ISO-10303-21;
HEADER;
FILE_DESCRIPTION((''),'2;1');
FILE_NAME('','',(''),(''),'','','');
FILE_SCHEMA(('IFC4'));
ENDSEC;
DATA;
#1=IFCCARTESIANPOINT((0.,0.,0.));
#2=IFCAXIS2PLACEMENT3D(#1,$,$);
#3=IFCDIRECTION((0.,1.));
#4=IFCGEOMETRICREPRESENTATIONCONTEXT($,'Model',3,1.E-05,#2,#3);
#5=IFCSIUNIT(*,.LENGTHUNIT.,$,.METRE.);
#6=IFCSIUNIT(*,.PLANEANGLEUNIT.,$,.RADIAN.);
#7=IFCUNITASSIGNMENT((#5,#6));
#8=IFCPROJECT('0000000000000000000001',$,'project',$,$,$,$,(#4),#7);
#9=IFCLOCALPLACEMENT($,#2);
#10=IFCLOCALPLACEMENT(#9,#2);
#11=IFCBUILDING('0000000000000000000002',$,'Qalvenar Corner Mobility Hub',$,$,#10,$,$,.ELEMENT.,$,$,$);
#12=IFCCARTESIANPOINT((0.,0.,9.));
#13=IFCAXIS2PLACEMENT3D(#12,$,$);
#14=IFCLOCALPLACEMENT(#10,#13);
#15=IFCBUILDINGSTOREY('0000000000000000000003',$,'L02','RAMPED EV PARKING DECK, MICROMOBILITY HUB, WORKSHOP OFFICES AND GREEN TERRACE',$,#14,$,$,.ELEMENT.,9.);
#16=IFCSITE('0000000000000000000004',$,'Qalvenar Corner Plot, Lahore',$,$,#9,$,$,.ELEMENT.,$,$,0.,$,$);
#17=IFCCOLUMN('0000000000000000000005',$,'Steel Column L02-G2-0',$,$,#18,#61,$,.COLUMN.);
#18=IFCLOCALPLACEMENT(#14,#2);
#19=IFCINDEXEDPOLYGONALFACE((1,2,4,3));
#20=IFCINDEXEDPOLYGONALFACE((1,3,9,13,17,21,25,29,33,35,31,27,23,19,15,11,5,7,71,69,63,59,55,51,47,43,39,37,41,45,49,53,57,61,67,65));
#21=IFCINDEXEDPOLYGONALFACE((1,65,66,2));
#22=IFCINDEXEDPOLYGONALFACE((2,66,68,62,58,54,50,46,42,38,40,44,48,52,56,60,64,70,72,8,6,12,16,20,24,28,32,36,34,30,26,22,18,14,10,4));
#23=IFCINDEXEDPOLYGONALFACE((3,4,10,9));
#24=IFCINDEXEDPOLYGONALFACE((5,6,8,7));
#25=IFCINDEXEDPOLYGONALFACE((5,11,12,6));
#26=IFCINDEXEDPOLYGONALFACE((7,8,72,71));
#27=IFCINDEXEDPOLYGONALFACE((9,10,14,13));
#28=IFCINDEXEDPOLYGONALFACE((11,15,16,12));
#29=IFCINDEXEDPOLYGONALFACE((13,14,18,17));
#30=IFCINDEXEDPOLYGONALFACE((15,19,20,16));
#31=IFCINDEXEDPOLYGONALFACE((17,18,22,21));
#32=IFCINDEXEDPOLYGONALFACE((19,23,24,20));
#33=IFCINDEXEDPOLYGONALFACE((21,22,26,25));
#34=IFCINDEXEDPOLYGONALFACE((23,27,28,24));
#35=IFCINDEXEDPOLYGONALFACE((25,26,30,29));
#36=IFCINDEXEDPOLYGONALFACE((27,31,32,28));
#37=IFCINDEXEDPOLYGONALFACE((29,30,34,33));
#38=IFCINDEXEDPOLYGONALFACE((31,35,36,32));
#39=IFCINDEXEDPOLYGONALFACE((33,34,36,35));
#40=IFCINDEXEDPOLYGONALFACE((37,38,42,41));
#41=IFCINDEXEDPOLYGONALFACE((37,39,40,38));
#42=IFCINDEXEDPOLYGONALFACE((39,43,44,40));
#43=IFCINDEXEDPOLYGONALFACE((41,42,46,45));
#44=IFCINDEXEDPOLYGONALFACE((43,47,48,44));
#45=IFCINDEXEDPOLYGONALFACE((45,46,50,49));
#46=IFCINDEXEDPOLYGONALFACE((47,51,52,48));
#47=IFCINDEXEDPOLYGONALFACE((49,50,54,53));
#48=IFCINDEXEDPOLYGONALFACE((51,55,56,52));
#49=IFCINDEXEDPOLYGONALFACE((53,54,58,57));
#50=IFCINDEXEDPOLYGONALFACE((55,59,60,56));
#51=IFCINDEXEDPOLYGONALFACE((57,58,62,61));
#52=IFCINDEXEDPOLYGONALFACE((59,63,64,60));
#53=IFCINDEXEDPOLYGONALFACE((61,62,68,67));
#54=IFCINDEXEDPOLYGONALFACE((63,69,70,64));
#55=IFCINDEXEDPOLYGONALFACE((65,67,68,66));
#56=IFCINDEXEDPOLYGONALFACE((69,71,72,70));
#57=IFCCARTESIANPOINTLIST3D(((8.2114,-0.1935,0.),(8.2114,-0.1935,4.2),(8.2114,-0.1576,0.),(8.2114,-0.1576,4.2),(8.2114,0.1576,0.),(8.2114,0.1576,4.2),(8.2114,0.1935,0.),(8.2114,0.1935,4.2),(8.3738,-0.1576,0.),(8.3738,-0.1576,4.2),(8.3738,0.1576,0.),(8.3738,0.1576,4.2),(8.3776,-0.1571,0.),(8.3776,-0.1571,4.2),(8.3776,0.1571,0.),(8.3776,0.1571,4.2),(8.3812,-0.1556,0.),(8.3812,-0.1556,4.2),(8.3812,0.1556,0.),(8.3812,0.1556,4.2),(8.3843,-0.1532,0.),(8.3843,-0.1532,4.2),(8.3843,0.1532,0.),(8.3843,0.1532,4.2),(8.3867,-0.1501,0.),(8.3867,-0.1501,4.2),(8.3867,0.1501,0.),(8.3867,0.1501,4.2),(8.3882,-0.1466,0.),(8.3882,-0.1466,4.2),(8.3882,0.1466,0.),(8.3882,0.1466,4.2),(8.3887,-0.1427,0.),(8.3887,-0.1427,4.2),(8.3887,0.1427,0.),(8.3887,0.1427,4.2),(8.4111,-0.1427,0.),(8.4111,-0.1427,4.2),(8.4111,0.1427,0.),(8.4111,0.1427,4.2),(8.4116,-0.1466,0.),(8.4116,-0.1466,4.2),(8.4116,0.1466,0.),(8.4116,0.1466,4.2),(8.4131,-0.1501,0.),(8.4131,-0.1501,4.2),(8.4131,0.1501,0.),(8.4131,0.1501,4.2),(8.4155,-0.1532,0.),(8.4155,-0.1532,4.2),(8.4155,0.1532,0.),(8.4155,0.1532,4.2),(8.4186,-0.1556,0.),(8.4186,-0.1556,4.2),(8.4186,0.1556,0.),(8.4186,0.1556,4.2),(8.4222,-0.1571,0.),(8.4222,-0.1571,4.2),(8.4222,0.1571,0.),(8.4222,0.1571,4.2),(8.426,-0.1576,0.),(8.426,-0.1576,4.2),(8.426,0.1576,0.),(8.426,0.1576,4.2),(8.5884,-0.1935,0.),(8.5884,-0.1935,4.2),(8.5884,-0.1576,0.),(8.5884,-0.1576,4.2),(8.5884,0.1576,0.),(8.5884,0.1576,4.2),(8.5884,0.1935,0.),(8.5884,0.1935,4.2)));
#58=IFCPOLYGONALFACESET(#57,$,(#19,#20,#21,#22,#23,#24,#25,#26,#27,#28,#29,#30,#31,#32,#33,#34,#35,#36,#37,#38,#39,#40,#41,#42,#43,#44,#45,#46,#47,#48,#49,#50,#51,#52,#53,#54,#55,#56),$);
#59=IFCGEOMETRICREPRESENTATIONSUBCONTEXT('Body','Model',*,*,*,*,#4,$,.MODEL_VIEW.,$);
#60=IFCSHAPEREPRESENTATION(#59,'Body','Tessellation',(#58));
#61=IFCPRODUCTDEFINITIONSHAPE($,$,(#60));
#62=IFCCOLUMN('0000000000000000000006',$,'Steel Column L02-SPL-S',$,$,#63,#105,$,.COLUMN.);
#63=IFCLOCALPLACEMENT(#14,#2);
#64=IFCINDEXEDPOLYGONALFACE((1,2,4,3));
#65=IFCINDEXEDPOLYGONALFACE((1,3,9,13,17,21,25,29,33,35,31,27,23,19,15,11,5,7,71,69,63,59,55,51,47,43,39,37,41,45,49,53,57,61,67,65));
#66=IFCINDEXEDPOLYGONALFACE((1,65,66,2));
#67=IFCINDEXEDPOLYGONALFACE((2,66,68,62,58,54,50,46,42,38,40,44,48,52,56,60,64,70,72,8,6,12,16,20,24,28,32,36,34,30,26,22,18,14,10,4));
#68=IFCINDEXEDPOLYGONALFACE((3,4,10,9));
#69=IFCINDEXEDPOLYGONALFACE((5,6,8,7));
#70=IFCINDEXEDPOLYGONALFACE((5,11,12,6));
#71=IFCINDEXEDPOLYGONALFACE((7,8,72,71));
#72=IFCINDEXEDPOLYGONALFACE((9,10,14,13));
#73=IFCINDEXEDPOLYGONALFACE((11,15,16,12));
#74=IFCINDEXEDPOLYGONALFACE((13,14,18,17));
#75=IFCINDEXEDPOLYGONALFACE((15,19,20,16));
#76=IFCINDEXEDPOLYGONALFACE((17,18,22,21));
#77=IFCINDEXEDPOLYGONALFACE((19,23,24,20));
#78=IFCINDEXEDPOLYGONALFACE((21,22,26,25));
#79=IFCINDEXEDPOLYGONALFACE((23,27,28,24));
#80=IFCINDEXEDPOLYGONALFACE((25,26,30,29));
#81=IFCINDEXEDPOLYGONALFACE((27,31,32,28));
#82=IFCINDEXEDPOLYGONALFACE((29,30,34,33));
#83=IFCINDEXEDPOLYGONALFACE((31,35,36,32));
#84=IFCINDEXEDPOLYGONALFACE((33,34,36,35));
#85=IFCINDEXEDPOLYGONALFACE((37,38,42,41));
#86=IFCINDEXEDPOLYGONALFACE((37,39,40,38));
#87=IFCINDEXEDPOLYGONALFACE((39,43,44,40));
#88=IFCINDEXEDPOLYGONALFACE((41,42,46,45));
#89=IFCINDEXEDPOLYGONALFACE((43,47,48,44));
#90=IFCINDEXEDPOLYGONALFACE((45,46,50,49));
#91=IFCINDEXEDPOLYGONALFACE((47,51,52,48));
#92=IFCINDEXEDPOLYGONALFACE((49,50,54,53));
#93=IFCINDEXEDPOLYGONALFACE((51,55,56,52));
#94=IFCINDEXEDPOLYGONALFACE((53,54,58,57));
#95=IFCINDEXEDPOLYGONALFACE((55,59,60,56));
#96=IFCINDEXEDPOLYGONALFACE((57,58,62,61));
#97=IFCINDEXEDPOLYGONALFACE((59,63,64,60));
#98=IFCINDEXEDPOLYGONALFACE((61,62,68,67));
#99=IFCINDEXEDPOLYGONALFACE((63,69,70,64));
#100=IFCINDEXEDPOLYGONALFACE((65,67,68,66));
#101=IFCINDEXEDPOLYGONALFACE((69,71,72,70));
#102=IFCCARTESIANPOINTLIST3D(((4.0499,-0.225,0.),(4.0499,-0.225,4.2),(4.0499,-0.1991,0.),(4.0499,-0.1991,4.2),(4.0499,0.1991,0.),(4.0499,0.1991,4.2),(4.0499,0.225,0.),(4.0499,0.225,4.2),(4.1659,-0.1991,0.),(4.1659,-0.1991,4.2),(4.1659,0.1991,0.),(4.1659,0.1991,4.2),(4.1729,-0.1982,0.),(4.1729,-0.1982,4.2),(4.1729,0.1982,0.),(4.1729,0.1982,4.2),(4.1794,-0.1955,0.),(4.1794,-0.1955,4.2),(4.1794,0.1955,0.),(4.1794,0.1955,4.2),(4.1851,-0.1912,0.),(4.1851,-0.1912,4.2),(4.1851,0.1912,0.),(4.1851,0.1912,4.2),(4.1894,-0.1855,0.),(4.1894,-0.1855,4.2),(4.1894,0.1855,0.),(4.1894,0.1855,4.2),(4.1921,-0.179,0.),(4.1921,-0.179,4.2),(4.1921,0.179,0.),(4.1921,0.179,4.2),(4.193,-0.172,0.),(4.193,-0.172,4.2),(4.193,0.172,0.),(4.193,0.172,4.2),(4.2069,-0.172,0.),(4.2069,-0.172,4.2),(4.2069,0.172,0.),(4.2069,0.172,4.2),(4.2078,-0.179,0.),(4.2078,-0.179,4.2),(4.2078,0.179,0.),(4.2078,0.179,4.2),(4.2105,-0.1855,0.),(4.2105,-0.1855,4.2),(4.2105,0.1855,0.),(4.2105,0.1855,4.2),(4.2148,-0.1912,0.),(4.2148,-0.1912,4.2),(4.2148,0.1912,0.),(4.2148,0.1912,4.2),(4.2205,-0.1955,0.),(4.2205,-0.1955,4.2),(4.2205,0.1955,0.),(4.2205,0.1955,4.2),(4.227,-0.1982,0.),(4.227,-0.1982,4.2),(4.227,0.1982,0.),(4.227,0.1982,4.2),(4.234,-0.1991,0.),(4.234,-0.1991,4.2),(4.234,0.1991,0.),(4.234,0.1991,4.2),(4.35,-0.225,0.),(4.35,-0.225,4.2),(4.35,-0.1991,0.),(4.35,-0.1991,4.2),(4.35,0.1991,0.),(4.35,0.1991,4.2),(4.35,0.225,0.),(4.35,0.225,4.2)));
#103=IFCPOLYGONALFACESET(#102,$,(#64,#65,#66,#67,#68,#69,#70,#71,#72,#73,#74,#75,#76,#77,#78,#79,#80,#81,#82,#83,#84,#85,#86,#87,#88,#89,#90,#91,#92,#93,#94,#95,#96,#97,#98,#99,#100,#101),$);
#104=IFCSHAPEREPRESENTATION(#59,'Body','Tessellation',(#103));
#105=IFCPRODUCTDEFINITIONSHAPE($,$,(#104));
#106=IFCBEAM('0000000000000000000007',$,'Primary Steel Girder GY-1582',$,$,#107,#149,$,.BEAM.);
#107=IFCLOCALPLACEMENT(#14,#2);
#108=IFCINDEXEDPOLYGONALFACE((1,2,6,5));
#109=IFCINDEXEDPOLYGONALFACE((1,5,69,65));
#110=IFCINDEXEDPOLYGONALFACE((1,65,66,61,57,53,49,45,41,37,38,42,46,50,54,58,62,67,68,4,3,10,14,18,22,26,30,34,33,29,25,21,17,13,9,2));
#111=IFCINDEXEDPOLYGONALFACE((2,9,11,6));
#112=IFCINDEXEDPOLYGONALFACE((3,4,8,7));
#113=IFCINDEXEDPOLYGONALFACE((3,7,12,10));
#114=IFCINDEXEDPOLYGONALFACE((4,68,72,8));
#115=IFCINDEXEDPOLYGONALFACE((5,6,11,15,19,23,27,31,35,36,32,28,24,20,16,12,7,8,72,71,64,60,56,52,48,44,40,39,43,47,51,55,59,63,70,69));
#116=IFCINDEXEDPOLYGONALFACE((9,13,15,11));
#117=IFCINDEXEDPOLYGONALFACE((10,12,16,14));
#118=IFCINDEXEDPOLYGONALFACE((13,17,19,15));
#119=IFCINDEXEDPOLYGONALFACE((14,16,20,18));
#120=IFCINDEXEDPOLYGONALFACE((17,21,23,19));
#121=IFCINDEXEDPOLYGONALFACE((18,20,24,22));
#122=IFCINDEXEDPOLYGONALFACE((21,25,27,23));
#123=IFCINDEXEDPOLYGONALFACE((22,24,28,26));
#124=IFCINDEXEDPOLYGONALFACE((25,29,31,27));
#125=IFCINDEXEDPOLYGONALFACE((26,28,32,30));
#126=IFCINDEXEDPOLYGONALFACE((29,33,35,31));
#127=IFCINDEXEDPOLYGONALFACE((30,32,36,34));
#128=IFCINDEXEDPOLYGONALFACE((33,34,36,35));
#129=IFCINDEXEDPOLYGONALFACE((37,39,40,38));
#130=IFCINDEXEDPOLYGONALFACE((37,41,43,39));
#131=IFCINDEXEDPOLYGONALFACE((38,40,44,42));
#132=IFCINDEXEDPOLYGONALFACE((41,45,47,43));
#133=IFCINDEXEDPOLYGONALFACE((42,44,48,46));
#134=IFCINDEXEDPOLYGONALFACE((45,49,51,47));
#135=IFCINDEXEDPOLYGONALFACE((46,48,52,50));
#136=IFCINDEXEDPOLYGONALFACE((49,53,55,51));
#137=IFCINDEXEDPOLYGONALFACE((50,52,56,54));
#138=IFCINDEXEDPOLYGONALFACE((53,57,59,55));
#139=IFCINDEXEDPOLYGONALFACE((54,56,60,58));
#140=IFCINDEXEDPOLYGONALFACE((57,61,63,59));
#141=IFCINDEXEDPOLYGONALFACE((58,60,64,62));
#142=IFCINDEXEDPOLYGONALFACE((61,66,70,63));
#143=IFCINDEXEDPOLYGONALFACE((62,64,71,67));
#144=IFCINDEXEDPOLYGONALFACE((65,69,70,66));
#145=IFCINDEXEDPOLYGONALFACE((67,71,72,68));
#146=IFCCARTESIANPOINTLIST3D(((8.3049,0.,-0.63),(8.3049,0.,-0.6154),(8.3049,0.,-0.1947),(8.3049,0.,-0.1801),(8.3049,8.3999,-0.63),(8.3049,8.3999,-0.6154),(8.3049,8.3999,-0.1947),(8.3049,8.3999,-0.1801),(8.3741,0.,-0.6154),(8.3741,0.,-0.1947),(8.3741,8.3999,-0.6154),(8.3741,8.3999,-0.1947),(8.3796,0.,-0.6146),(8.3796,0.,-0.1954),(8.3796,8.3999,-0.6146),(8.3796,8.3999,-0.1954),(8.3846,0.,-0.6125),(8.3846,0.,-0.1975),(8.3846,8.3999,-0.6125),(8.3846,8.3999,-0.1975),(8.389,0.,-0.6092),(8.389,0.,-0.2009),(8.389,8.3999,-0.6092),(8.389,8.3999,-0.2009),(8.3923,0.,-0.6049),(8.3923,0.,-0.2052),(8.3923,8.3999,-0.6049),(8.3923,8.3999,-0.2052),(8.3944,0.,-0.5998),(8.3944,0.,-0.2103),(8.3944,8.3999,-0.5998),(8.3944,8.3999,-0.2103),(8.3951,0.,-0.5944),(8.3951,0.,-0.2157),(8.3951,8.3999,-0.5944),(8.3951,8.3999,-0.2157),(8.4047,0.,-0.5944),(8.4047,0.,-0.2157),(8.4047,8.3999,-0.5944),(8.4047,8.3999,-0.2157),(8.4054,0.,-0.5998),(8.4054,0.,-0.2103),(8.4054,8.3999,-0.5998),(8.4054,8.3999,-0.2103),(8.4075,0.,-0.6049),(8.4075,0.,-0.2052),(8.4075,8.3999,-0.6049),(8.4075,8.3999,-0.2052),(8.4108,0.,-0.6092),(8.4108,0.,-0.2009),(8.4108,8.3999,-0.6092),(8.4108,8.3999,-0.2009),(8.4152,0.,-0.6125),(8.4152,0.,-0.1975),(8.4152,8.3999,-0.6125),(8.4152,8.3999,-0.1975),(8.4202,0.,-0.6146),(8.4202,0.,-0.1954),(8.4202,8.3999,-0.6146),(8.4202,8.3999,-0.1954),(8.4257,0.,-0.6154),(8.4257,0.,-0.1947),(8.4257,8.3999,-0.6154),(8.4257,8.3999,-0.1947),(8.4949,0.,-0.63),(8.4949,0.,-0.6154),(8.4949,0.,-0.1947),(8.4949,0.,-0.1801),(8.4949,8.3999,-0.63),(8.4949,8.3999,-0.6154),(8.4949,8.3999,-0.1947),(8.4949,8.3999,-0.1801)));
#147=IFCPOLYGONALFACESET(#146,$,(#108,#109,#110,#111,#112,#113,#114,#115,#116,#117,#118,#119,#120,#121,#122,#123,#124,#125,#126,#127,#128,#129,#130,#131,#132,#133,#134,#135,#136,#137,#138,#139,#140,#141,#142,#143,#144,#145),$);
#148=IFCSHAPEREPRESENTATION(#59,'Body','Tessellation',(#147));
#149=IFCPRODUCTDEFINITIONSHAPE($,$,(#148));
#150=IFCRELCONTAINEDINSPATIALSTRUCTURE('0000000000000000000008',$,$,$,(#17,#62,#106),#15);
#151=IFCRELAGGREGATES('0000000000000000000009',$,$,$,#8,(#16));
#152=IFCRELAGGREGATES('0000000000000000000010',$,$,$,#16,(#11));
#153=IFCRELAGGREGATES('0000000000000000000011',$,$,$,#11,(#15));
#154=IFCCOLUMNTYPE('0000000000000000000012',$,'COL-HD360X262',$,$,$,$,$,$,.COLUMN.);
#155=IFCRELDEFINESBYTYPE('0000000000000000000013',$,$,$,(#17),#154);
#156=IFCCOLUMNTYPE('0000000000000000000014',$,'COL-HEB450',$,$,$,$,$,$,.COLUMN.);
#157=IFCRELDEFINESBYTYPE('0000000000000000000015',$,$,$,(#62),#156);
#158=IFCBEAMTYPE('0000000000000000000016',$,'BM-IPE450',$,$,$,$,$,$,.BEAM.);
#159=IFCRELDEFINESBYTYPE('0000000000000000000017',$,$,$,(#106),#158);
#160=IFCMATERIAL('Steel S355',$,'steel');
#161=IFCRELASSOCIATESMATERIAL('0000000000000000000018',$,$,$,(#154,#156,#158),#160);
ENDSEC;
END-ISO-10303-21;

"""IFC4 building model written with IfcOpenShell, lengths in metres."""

from ifc_helpers import new_model, si_unit, direction, frame, origin, origin_2d, place, context, subcontext, project, spatial, i_section, extrude, material, material_profile, profile_set, type_object, element, save


model = new_model("IFC4")

# Units and contexts
model_context = context("Model", 3, precision=1e-05, world=origin(), true_north=direction((0.0, 1.0)))
body_context = subcontext(model_context, "Body", "Model", "MODEL_VIEW")
ifc_project = project(units=[si_unit("LENGTHUNIT", "METRE"), si_unit("PLANEANGLEUNIT", "RADIAN")], contexts=[model_context])

# Site, building, storey
site_placement = place(None, origin())
site = spatial("IfcSite", under=ifc_project, at=site_placement, Name="Qalvenar Corner Plot, Lahore", CompositionType="ELEMENT", RefElevation=0.0)
building_placement = place(site_placement, origin())
building = spatial("IfcBuilding", under=site, at=building_placement, Name="Qalvenar Corner Mobility Hub", CompositionType="ELEMENT")
storey_placement = place(building_placement, frame((0.0, 0.0, 9.0)))
storey = spatial("IfcBuildingStorey", under=building, at=storey_placement, Name="L02", Description="RAMPED EV PARKING DECK, MICROMOBILITY HUB, WORKSHOP OFFICES AND GREEN TERRACE", CompositionType="ELEMENT", Elevation=9.0)

# Columns
ifc_material_1 = material(Name="Steel S355", Category="steel")
ifc_material_profile_1 = material_profile(ifc_material_1, i_section(OverallWidth=0.377, OverallDepth=0.387, WebThickness=0.0225, FlangeThickness=0.0359, FilletRadius=0.0149, at=origin_2d()), Name="HD360x262")
ifc_profile_set_1 = profile_set([ifc_material_profile_1], Name="Steel S355")
column_type_1 = type_object("IfcColumnType", Name="COL-HD360X262", PredefinedType="COLUMN", material=ifc_profile_set_1)
column_1_placement = place(storey_placement, frame((8.3999, 0.0, 0.0), z_axis=(0.0, 0.0, 1.0), x_axis=(1.0, 0.0, 0.0)))
element("IfcColumn", 1, at=column_1_placement, inside=storey, type_object=column_type_1, Name="Steel Column L02-G2-0", PredefinedType="COLUMN", context=body_context, shape_type="SweptSolid", body=[
    extrude(i_section(OverallWidth=0.377, OverallDepth=0.387, WebThickness=0.0225, FlangeThickness=0.0359, FilletRadius=0.0149, at=origin_2d()), origin(), (0.0, 0.0, 1.0), 4.2),
])
ifc_material_profile_2 = material_profile(ifc_material_1, i_section(OverallWidth=0.3, OverallDepth=0.45, WebThickness=0.0139, FlangeThickness=0.0259, FilletRadius=0.0271, at=origin_2d()), Name="HEB450")
ifc_profile_set_2 = profile_set([ifc_material_profile_2], Name="Steel S355")
column_type_2 = type_object("IfcColumnType", Name="COL-HEB450", PredefinedType="COLUMN", material=ifc_profile_set_2)
column_2_placement = place(storey_placement, frame((4.2, 0.0, 0.0), z_axis=(0.0, 0.0, 1.0), x_axis=(1.0, 0.0, 0.0)))
element("IfcColumn", 2, at=column_2_placement, inside=storey, type_object=column_type_2, Name="Steel Column L02-SPL-S", PredefinedType="COLUMN", context=body_context, shape_type="SweptSolid", body=[
    extrude(i_section(OverallWidth=0.3, OverallDepth=0.45, WebThickness=0.0139, FlangeThickness=0.0259, FilletRadius=0.0271, at=origin_2d()), origin(), (0.0, 0.0, 1.0), 4.2),
])

# Beam
ifc_material_profile_3 = material_profile(ifc_material_1, i_section(OverallWidth=0.1899, OverallDepth=0.45, WebThickness=0.0095, FlangeThickness=0.0146, FilletRadius=0.021, at=origin_2d()), Name="IPE450")
ifc_profile_set_3 = profile_set([ifc_material_profile_3], Name="Steel S355")
beam_type_1 = type_object("IfcBeamType", Name="BM-IPE450", PredefinedType="BEAM", material=ifc_profile_set_3)
beam_1_placement = place(storey_placement, frame((8.3999, 0.0, -0.405), z_axis=(0.0, 1.0, 0.0), x_axis=(-1.0, 0.0, 0.0)))
element("IfcBeam", 3, at=beam_1_placement, inside=storey, type_object=beam_type_1, Name="Primary Steel Girder GY-1582", PredefinedType="BEAM", context=body_context, shape_type="SweptSolid", body=[
    extrude(i_section(OverallWidth=0.1899, OverallDepth=0.45, WebThickness=0.0095, FlangeThickness=0.0146, FilletRadius=0.021, at=origin_2d()), origin(), (0.0, 0.0, 1.0), 8.3999),
])

save(model, "model.ifc")
